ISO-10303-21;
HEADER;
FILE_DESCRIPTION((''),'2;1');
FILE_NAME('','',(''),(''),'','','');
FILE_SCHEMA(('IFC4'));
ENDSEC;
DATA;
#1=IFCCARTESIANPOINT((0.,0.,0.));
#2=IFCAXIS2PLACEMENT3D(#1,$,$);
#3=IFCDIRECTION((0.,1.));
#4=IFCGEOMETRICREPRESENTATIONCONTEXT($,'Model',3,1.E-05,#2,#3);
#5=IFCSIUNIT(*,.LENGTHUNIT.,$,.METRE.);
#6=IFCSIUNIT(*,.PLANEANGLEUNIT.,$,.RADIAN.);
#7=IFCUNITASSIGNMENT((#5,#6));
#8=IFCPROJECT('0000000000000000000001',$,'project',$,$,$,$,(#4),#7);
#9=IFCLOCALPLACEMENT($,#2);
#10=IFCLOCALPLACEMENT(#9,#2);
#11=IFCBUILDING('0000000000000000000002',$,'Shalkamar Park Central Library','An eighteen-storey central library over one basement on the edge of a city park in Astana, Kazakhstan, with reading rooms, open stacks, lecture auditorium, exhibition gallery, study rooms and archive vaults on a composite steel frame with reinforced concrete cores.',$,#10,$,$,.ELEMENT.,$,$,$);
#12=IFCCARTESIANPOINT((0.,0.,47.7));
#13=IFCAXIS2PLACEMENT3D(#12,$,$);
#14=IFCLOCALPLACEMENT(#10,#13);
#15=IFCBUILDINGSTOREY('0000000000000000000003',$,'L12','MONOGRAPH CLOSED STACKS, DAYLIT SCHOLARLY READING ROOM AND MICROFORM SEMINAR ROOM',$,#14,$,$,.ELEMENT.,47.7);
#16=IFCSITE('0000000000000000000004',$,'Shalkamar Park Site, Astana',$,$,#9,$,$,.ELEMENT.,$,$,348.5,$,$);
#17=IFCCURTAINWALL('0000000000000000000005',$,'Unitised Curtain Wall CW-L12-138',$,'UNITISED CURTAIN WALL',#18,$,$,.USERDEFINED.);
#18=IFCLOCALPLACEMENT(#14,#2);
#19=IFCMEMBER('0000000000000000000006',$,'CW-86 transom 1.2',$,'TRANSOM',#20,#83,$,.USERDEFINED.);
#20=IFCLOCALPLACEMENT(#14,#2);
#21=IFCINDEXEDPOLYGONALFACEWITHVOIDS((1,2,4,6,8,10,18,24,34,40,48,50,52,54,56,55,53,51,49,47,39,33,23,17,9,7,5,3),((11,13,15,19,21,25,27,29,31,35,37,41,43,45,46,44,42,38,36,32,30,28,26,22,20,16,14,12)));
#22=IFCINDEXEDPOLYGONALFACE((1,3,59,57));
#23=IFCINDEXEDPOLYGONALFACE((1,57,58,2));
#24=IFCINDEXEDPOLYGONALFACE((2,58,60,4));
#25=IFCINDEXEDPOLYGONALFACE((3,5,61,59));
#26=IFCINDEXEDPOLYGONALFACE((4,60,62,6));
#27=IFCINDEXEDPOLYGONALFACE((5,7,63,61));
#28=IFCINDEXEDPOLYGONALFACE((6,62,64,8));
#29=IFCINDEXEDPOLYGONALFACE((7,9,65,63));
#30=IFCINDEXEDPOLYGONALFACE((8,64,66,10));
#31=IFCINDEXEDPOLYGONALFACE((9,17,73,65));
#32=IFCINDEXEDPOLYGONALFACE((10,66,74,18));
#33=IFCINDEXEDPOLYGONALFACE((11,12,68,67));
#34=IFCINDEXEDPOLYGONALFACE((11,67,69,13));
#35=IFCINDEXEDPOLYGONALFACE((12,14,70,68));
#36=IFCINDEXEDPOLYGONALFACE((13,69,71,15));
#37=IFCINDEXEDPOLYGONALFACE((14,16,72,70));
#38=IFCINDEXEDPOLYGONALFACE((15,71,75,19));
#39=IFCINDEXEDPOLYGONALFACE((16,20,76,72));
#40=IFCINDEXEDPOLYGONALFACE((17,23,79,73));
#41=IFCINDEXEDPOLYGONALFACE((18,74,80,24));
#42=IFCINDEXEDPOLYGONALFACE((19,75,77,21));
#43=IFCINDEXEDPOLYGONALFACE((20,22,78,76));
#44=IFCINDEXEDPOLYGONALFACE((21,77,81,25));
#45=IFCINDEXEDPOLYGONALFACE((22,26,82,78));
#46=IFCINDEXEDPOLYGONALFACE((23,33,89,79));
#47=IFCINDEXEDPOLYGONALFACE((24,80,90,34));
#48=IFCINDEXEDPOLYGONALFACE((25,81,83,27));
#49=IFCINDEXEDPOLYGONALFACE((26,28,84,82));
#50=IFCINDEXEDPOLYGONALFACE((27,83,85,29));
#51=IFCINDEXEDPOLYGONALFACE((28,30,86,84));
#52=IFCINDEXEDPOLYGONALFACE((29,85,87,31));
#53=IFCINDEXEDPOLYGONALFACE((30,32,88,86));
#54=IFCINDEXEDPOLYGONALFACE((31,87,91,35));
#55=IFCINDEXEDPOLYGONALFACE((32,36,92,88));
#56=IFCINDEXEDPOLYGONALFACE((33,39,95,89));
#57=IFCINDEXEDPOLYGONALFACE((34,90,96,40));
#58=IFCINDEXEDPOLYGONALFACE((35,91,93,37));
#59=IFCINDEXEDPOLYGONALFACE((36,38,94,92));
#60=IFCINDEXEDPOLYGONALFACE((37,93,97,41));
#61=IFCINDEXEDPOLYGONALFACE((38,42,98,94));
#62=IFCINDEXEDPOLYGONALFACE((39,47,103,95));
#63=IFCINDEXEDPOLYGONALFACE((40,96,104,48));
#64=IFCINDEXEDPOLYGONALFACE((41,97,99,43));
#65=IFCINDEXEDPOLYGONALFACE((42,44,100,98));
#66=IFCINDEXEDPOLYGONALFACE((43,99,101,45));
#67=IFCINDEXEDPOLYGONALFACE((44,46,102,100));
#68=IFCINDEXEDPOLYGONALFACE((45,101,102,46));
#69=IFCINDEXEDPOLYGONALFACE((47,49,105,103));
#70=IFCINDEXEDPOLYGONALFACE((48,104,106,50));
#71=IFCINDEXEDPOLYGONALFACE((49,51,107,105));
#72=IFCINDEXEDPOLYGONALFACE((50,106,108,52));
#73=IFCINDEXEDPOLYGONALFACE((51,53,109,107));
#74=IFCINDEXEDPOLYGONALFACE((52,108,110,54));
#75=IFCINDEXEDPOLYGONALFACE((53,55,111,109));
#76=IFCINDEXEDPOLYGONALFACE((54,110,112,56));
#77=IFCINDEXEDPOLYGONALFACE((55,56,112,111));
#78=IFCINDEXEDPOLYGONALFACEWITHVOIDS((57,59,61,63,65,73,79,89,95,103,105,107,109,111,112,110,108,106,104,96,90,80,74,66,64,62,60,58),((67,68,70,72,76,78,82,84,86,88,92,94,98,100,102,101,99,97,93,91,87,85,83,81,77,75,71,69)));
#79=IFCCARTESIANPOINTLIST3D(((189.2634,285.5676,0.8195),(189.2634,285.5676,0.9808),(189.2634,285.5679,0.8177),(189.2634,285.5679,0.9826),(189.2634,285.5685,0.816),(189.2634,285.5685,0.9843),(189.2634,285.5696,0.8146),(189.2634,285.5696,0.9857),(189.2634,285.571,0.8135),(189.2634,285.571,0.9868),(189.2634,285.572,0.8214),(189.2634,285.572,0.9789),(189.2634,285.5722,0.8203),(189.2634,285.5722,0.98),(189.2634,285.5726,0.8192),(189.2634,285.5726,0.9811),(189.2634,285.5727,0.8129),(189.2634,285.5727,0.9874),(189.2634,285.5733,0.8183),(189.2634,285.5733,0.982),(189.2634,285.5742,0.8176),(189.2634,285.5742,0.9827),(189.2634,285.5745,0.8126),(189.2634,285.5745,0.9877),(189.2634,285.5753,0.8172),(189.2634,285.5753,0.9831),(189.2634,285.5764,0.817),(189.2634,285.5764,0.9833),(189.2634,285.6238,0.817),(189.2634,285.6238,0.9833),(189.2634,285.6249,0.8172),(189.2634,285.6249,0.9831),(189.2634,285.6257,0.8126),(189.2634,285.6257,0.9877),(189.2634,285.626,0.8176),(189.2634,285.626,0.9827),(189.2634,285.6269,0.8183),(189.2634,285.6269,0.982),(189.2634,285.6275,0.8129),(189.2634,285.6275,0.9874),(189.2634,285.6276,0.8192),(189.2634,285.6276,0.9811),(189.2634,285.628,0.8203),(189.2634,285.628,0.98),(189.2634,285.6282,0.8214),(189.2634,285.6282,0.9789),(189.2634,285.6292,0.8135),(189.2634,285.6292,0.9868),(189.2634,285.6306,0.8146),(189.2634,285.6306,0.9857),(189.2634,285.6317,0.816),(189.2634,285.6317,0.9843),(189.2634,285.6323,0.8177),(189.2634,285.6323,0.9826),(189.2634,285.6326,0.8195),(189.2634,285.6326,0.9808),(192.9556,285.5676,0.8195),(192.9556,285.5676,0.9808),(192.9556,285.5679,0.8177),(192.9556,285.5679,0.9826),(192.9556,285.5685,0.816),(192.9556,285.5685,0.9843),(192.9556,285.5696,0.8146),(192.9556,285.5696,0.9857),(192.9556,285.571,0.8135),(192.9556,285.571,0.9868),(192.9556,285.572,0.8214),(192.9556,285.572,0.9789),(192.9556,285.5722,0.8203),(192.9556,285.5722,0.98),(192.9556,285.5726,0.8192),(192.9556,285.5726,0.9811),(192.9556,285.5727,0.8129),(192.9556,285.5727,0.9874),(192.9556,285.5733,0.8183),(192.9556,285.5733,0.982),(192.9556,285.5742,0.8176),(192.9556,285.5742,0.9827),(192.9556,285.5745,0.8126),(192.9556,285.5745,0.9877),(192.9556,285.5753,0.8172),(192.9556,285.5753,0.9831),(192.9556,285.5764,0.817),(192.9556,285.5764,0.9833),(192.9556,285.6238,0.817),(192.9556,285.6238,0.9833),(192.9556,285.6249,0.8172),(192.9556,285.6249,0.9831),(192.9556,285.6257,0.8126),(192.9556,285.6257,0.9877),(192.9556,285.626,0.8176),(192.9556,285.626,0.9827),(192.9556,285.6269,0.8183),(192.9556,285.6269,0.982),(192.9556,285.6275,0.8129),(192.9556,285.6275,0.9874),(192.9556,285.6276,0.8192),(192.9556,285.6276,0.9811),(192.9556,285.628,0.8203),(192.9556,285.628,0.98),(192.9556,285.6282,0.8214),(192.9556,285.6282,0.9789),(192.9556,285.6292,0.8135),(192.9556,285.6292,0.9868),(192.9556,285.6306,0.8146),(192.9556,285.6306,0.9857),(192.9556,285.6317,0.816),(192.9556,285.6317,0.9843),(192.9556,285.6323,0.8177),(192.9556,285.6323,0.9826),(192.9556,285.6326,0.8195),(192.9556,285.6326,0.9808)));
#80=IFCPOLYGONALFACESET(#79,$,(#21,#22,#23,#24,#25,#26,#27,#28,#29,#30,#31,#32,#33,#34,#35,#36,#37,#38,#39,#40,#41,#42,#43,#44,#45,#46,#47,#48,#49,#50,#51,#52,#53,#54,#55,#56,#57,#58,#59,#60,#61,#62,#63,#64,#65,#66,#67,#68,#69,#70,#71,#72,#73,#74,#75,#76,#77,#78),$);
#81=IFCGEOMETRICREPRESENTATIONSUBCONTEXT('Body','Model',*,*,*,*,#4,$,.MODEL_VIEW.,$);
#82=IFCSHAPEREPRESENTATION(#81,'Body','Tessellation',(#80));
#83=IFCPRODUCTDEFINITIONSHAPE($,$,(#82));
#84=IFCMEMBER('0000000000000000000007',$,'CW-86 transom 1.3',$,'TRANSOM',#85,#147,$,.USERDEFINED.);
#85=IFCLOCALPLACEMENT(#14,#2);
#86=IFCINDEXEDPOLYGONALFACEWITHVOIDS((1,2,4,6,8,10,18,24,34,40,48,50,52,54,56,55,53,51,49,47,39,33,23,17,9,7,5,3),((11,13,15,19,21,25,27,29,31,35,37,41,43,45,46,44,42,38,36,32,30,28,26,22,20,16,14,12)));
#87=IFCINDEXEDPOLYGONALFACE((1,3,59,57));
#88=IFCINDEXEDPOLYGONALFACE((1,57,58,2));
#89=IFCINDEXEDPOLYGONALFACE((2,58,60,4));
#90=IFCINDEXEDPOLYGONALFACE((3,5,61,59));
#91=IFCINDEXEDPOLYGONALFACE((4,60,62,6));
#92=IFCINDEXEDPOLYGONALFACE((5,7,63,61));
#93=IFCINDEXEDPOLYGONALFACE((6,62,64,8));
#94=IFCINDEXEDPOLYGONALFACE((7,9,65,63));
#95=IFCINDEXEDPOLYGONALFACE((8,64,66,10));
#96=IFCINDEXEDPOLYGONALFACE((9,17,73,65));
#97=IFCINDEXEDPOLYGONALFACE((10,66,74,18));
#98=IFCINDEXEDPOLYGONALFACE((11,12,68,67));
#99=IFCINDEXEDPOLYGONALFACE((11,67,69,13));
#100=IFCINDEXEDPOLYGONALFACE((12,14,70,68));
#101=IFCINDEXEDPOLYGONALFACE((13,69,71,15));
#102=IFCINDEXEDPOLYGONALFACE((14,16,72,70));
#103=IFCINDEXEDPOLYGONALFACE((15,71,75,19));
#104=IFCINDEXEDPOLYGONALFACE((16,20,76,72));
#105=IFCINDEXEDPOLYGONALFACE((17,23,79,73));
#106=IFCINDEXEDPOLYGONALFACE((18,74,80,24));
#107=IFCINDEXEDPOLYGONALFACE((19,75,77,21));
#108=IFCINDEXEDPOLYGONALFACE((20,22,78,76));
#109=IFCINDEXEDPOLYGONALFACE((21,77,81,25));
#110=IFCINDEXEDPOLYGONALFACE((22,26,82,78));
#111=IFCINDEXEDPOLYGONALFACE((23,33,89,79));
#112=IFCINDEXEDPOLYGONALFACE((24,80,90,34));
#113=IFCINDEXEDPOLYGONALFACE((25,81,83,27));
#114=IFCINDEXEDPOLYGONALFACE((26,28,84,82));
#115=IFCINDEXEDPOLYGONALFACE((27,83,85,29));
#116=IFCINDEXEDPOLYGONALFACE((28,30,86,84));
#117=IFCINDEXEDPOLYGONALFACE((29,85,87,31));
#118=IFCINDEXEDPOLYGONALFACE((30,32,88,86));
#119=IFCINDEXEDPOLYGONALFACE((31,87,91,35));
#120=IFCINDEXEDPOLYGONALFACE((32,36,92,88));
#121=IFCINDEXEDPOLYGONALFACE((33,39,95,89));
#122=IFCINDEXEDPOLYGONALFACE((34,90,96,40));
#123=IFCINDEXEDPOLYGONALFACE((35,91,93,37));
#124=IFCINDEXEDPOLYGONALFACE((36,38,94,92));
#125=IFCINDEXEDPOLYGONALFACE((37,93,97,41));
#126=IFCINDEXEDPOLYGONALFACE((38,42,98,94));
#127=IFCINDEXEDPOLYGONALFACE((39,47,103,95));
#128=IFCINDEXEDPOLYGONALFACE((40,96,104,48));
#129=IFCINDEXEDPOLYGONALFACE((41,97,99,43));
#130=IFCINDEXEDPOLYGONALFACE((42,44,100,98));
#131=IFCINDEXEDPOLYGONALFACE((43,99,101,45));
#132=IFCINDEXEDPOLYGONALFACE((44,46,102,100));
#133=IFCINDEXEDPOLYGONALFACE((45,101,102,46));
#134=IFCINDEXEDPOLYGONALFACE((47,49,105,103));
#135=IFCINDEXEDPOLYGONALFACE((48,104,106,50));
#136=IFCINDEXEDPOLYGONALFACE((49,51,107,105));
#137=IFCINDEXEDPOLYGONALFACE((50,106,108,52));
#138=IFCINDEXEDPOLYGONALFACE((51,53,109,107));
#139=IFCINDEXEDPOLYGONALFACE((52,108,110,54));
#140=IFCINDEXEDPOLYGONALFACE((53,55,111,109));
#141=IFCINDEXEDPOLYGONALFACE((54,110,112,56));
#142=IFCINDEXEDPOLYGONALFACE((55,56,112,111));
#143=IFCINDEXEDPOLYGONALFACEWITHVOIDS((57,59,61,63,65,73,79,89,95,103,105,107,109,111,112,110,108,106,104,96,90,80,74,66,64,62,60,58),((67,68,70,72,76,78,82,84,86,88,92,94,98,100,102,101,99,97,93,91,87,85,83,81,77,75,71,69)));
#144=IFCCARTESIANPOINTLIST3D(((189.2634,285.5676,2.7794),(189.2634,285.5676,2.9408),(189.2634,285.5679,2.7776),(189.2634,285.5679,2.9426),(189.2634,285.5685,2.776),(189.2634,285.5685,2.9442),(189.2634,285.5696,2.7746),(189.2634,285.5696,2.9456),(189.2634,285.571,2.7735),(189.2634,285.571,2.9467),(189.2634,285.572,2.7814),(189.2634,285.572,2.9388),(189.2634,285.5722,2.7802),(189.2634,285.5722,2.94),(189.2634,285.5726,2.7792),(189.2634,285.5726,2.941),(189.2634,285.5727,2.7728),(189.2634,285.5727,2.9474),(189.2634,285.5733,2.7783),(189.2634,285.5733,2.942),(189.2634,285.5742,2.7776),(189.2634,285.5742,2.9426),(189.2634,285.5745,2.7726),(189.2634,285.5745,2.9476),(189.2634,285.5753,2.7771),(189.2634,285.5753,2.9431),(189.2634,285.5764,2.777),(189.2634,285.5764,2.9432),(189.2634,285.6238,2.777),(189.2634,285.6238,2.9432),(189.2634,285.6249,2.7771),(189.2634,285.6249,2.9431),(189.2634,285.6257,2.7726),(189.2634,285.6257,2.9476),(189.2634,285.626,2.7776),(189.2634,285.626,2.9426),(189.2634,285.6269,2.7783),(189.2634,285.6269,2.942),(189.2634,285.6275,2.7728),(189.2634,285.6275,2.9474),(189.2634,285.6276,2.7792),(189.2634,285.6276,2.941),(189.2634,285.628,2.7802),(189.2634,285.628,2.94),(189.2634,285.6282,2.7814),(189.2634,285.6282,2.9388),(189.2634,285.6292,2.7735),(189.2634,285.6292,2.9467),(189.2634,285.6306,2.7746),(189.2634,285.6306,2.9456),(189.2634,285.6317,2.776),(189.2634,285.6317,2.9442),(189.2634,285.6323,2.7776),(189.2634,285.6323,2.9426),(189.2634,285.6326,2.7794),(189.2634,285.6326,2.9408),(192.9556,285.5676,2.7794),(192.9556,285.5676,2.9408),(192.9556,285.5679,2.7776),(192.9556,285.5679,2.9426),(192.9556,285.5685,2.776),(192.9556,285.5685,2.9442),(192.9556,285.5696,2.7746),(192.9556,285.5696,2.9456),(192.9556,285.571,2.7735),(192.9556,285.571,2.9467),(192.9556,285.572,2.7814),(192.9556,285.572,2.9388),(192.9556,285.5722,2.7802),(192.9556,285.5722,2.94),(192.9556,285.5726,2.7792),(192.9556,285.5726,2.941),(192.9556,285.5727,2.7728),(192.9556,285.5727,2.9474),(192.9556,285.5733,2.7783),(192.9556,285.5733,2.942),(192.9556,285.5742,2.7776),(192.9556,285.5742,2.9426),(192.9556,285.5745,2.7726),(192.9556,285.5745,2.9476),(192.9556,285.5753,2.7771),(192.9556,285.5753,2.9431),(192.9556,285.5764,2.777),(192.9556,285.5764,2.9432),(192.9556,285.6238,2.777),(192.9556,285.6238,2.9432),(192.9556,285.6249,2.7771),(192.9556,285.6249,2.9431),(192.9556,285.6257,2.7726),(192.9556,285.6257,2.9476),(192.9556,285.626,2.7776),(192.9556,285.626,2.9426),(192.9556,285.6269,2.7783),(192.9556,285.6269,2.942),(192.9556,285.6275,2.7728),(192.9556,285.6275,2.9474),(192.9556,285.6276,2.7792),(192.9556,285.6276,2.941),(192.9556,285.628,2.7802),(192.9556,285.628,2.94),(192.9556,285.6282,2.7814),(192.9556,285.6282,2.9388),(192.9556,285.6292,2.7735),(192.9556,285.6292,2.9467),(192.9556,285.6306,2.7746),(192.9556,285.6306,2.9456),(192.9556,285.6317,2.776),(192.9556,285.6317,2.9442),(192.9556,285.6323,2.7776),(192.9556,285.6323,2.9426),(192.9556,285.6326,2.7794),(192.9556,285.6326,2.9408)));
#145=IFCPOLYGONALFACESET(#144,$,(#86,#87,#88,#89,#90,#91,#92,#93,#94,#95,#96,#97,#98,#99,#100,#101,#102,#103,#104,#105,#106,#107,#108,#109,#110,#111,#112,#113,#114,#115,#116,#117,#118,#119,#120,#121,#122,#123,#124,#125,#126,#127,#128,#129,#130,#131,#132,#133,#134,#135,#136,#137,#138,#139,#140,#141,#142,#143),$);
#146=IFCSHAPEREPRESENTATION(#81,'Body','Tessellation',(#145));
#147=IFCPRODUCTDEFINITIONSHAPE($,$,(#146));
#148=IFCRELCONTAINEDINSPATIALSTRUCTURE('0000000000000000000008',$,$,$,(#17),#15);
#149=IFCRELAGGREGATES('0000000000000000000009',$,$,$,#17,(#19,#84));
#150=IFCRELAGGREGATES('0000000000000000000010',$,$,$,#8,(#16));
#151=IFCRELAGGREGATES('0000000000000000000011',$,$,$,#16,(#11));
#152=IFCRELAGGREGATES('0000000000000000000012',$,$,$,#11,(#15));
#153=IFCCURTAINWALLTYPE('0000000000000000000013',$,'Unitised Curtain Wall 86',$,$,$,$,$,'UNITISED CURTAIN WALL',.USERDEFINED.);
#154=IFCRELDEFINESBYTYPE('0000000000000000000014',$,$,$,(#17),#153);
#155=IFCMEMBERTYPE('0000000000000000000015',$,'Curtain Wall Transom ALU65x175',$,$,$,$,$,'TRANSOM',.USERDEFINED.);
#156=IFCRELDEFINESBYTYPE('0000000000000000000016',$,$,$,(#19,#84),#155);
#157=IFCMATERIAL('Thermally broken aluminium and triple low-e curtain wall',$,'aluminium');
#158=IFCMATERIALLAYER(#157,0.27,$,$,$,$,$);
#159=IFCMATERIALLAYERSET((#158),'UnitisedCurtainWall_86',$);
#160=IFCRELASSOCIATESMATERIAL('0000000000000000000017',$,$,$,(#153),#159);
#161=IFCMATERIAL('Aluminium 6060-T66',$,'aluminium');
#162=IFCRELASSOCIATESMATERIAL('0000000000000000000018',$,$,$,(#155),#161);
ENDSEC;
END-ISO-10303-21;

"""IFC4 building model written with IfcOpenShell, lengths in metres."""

from ifc_helpers import new_model, si_unit, direction, frame, origin, origin_2d, place, context, subcontext, project, spatial, hollow_rectangle, extrude, material, layer, layer_set, material_profile, profile_set, type_object, element, aggregate, save


model = new_model("IFC4")

# Units and contexts
model_context = context("Model", 3, precision=1e-05, world=origin(), true_north=direction((0.0, 1.0)))
body_context = subcontext(model_context, "Body", "Model", "MODEL_VIEW")
ifc_project = project(units=[si_unit("LENGTHUNIT", "METRE"), si_unit("PLANEANGLEUNIT", "RADIAN")], contexts=[model_context])

# Site, building, storey
site_placement = place(None, origin())
site = spatial("IfcSite", under=ifc_project, at=site_placement, Name="Shalkamar Park Site, Astana", CompositionType="ELEMENT", RefElevation=348.5)
building_placement = place(site_placement, origin())
building = spatial("IfcBuilding", under=site, at=building_placement, Name="Shalkamar Park Central Library", Description="An eighteen-storey central library over one basement on the edge of a city park in Astana, Kazakhstan, with reading rooms, open stacks, lecture auditorium, exhibition gallery, study rooms and archive vaults on a composite steel frame with reinforced concrete cores.", CompositionType="ELEMENT")
storey_placement = place(building_placement, frame((0.0, 0.0, 47.7)))
storey = spatial("IfcBuildingStorey", under=building, at=storey_placement, Name="L12", Description="MONOGRAPH CLOSED STACKS, DAYLIT SCHOLARLY READING ROOM AND MICROFORM SEMINAR ROOM", CompositionType="ELEMENT", Elevation=47.7)

# Shared definitions
ifc_material_1 = material(Name="Thermally broken aluminium and triple low-e curtain wall", Category="aluminium")
ifc_material_2 = material(Name="Aluminium 6060-T66", Category="aluminium")

# Curtain wall
ifc_layer_1 = layer(ifc_material_1, 0.27)
ifc_layer_set_1 = layer_set([ifc_layer_1], Name="UnitisedCurtainWall_86")
curtain_wall_type_1 = type_object("IfcCurtainWallType", Name="Unitised Curtain Wall 86", ElementType="UNITISED CURTAIN WALL", PredefinedType="USERDEFINED", material=ifc_layer_set_1)
curtain_wall_1_placement = place(storey_placement, origin())
curtain_wall_1 = element("IfcCurtainWall", 1, at=curtain_wall_1_placement, inside=storey, type_object=curtain_wall_type_1, Name="Unitised Curtain Wall CW-L12-138", ObjectType="UNITISED CURTAIN WALL", PredefinedType="USERDEFINED")

# Members
ifc_material_profile_1 = material_profile(ifc_material_2, hollow_rectangle(XDim=0.0649, YDim=0.175, WallThickness=0.0044, InnerFilletRadius=0.0044, OuterFilletRadius=0.0068, at=origin_2d()), Name="ALU 65x175x4.5")
ifc_profile_set_1 = profile_set([ifc_material_profile_1], Name="Aluminium 6060-T66")
member_type_1 = type_object("IfcMemberType", Name="Curtain Wall Transom ALU65x175", ElementType="TRANSOM", PredefinedType="USERDEFINED", material=ifc_profile_set_1)
member_1_placement = place(storey_placement, frame((189.2634, 285.6001, 0.9001), z_axis=(1.0, 0.0, 0.0), x_axis=(0.0, 1.0, 0.0)))
member_1 = element("IfcMember", 2, at=member_1_placement, type_object=member_type_1, Name="CW-86 transom 1.2", ObjectType="TRANSOM", PredefinedType="USERDEFINED", context=body_context, shape_type="SweptSolid", body=[
    extrude(hollow_rectangle(XDim=0.0649, YDim=0.175, WallThickness=0.0044, InnerFilletRadius=0.0044, OuterFilletRadius=0.0068, at=origin_2d()), origin(), (0.0, 0.0, 1.0), 3.6921),
])
member_2_placement = place(storey_placement, frame((189.2634, 285.6001, 2.8601), z_axis=(1.0, 0.0, 0.0), x_axis=(0.0, 1.0, 0.0)))
member_2 = element("IfcMember", 3, at=member_2_placement, type_object=member_type_1, Name="CW-86 transom 1.3", ObjectType="TRANSOM", PredefinedType="USERDEFINED", context=body_context, shape_type="SweptSolid", body=[
    extrude(hollow_rectangle(XDim=0.0649, YDim=0.175, WallThickness=0.0044, InnerFilletRadius=0.0044, OuterFilletRadius=0.0068, at=origin_2d()), origin(), (0.0, 0.0, 1.0), 3.6921),
])

aggregate(curtain_wall_1, [member_1, member_2])

save(model, "model.ifc")
